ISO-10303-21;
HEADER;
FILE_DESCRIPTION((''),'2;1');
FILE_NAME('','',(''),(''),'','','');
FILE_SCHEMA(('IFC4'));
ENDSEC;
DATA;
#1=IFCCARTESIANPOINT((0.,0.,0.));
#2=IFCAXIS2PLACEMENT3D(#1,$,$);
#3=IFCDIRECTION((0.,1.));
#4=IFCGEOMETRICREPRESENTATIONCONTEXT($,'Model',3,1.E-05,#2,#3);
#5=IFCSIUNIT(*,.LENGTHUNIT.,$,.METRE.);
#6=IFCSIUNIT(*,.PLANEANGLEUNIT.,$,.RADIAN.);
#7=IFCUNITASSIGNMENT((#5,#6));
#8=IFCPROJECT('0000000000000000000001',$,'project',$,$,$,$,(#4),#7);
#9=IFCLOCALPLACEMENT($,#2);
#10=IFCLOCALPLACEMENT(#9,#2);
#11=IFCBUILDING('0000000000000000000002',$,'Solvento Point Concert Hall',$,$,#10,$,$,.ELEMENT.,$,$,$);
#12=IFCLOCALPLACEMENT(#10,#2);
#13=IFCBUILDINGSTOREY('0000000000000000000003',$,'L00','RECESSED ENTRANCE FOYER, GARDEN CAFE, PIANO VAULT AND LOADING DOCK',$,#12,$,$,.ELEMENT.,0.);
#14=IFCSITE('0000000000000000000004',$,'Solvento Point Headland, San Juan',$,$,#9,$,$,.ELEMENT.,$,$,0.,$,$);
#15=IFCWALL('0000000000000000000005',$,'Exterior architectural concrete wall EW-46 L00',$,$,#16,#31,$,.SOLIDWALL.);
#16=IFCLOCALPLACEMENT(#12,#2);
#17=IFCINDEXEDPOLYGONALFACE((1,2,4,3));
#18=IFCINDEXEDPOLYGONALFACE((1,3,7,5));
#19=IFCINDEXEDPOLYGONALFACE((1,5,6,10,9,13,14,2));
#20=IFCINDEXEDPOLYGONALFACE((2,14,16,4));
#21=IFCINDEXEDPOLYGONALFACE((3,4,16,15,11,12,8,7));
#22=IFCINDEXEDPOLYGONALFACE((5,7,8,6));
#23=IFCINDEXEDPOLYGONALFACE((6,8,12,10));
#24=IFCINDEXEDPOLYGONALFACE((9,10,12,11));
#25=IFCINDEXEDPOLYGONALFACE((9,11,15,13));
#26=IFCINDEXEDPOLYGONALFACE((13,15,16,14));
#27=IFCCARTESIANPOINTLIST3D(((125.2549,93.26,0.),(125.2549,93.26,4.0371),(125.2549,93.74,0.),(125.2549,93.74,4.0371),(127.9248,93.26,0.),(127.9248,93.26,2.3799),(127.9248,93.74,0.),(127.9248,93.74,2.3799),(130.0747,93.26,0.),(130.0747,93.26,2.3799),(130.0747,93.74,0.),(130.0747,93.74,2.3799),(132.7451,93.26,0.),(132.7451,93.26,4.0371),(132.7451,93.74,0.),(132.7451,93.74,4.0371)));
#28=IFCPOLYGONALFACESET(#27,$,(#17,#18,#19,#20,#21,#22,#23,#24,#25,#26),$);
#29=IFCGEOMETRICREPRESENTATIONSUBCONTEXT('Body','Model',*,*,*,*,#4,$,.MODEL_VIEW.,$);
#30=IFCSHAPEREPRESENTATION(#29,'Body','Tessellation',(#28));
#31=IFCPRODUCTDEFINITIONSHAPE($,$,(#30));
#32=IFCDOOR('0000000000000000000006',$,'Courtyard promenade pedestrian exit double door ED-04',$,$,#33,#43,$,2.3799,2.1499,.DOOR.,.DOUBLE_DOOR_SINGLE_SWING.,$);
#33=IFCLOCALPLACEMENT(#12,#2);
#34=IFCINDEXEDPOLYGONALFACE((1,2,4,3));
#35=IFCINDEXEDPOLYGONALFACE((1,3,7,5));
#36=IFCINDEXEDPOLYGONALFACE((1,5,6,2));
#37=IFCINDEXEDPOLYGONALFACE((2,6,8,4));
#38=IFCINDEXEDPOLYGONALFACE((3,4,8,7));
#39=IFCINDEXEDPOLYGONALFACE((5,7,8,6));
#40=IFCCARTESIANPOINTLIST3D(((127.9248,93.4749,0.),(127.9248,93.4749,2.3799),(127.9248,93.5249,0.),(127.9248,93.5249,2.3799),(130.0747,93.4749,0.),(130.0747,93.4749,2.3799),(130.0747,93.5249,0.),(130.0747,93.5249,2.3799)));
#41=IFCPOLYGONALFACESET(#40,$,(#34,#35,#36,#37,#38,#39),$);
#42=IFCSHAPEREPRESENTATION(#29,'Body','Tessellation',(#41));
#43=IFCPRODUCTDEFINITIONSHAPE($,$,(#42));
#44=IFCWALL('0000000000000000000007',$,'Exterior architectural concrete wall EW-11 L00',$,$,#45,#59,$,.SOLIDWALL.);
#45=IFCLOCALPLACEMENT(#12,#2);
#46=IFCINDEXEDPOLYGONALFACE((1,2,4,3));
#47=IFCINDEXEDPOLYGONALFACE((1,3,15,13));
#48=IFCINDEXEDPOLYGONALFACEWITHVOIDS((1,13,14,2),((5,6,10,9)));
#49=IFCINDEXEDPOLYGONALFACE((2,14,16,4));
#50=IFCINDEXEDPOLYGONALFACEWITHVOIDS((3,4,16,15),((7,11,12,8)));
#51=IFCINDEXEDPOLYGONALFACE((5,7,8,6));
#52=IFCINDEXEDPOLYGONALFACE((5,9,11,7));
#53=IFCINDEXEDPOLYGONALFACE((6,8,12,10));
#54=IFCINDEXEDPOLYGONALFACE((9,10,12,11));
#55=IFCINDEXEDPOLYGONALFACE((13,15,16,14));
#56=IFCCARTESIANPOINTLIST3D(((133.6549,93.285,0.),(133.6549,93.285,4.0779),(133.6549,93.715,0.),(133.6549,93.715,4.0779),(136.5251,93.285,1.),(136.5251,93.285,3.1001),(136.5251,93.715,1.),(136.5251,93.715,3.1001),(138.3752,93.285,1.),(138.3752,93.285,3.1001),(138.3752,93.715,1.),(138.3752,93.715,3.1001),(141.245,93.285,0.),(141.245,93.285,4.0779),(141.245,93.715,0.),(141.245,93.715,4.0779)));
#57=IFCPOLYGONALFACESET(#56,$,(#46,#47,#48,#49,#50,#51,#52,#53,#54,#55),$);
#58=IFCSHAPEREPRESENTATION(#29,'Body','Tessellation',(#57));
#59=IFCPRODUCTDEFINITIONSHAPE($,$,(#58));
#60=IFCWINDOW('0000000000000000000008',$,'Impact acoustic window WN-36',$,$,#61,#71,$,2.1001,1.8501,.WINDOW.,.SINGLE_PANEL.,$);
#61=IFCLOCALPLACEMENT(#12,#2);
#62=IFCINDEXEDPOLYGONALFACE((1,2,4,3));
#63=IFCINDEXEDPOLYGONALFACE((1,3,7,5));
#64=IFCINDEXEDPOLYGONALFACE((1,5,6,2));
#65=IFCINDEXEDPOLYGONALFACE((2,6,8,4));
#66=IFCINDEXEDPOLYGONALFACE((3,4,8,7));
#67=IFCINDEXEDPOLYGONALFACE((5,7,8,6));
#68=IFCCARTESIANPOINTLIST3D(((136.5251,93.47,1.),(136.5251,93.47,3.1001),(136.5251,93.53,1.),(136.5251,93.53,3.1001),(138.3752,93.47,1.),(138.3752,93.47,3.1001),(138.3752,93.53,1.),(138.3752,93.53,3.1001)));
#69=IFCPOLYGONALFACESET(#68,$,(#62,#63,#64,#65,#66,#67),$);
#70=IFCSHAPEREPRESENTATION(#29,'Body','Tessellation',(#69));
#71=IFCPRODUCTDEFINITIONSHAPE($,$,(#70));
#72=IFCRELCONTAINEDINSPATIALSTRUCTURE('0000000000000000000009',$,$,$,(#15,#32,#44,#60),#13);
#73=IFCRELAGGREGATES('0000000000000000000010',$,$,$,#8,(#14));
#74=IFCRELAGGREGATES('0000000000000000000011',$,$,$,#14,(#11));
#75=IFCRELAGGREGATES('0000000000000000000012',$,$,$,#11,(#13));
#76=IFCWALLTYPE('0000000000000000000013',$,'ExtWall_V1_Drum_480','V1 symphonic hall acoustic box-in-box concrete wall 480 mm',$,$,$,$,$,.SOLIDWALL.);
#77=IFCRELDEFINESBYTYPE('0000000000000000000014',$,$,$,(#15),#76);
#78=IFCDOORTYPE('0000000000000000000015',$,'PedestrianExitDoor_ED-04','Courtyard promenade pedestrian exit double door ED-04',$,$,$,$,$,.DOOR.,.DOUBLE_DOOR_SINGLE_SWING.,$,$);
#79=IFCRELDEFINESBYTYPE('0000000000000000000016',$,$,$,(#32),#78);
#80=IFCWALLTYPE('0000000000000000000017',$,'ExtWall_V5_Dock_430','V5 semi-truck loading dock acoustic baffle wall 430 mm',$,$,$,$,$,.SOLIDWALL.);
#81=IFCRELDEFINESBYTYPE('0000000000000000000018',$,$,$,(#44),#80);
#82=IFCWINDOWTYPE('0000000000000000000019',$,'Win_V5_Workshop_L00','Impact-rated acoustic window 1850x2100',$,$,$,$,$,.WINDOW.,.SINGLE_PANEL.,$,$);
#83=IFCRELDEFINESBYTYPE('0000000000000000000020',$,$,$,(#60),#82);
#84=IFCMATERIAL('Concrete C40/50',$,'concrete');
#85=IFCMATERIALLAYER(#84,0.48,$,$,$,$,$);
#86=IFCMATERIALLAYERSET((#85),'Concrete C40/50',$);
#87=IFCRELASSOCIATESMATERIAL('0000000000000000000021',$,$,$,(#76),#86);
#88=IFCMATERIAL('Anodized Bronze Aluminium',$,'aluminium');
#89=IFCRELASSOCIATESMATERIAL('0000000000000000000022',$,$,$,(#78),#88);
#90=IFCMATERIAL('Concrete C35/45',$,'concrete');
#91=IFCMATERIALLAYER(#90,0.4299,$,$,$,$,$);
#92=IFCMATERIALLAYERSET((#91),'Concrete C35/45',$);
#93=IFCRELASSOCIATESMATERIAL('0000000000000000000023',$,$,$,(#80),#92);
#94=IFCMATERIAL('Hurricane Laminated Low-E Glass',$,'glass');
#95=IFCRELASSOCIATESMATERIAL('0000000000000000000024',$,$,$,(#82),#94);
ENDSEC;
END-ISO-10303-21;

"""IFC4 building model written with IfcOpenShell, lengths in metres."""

from ifc_helpers import new_model, si_unit, direction, frame, frame_2d, origin, place, context, subcontext, project, spatial, rectangle, extrude, material, layer, layer_set, type_object, element, fill, save


model = new_model("IFC4")

# Units and contexts
model_context = context("Model", 3, precision=1e-05, world=origin(), true_north=direction((0.0, 1.0)))
body_context = subcontext(model_context, "Body", "Model", "MODEL_VIEW")
ifc_project = project(units=[si_unit("LENGTHUNIT", "METRE"), si_unit("PLANEANGLEUNIT", "RADIAN")], contexts=[model_context])

# Site, building, storey
site_placement = place(None, origin())
site = spatial("IfcSite", under=ifc_project, at=site_placement, Name="Solvento Point Headland, San Juan", CompositionType="ELEMENT", RefElevation=0.0)
building_placement = place(site_placement, origin())
building = spatial("IfcBuilding", under=site, at=building_placement, Name="Solvento Point Concert Hall", CompositionType="ELEMENT")
storey_placement = place(building_placement, origin())
storey = spatial("IfcBuildingStorey", under=building, at=storey_placement, Name="L00", Description="RECESSED ENTRANCE FOYER, GARDEN CAFE, PIANO VAULT AND LOADING DOCK", CompositionType="ELEMENT", Elevation=0.0)

# Shared definitions
ifc_material_1 = material(Name="Concrete C40/50", Category="concrete")
ifc_layer_1 = layer(ifc_material_1, 0.48)
ifc_layer_set_1 = layer_set([ifc_layer_1], Name="Concrete C40/50")
wall_type_1 = type_object("IfcWallType", Name="ExtWall_V1_Drum_480", Description="V1 symphonic hall acoustic box-in-box concrete wall 480 mm", PredefinedType="SOLIDWALL", material=ifc_layer_set_1)

# Wall, opening, door
wall_1_placement = place(storey_placement, frame((125.2549, 93.5, 0.0), z_axis=(0.0, 0.0, 1.0), x_axis=(1.0, 0.0, 0.0)))
wall_1 = element("IfcWall", 1, at=wall_1_placement, inside=storey, type_object=wall_type_1, Name="Exterior architectural concrete wall EW-46 L00", PredefinedType="SOLIDWALL", context=body_context, shape_type="SweptSolid", body=[
    extrude(rectangle(XDim=7.4902, YDim=0.48, at=frame_2d((3.7451, 0.0))), origin(), (0.0, 0.0, 1.0), 4.0371),
])
opening_1_placement = place(wall_1_placement, frame((2.6699, 0.0, 0.0)))
opening_1 = element("IfcOpeningElement", 2, at=opening_1_placement, cuts=wall_1, PredefinedType="OPENING", context=body_context, shape_type="SweptSolid", body=[
    extrude(rectangle(XDim=2.1499, YDim=2.3799, at=frame_2d((1.075, 1.1899))), frame((0.0, 0.25, 0.0), z_axis=(0.0, -1.0, 0.0), x_axis=(1.0, 0.0, 0.0)), (0.0, 0.0, 1.0), 0.5),
])
ifc_material_2 = material(Name="Anodized Bronze Aluminium", Category="aluminium")
door_type = type_object("IfcDoorType", Name="PedestrianExitDoor_ED-04", Description="Courtyard promenade pedestrian exit double door ED-04", OperationType="DOUBLE_DOOR_SINGLE_SWING", PredefinedType="DOOR", material=ifc_material_2)
door_placement = place(opening_1_placement, origin())
door = element("IfcDoor", 3, at=door_placement, inside=storey, type_object=door_type, Name="Courtyard promenade pedestrian exit double door ED-04", OperationType="DOUBLE_DOOR_SINGLE_SWING", OverallHeight=2.3799, OverallWidth=2.1499, PredefinedType="DOOR", context=body_context, shape_type="SweptSolid", body=[
    extrude(rectangle(XDim=2.1499, YDim=2.3799, at=frame_2d((1.075, 1.1899))), frame((0.0, 0.0249, 0.0), z_axis=(0.0, -1.0, 0.0), x_axis=(1.0, 0.0, 0.0)), (0.0, 0.0, 1.0), 0.05),
])
fill(opening_1, door)

# Wall, opening, window
ifc_material_3 = material(Name="Concrete C35/45", Category="concrete")
ifc_layer_2 = layer(ifc_material_3, 0.4299)
ifc_layer_set_2 = layer_set([ifc_layer_2], Name="Concrete C35/45")
wall_type_2 = type_object("IfcWallType", Name="ExtWall_V5_Dock_430", Description="V5 semi-truck loading dock acoustic baffle wall 430 mm", PredefinedType="SOLIDWALL", material=ifc_layer_set_2)
wall_2_placement = place(storey_placement, frame((133.655, 93.5, 0.0), z_axis=(0.0, 0.0, 1.0), x_axis=(1.0, 0.0, 0.0)))
wall_2 = element("IfcWall", 4, at=wall_2_placement, inside=storey, type_object=wall_type_2, Name="Exterior architectural concrete wall EW-11 L00", PredefinedType="SOLIDWALL", context=body_context, shape_type="SweptSolid", body=[
    extrude(rectangle(XDim=7.5901, YDim=0.4299, at=frame_2d((3.7949, 0.0))), origin(), (0.0, 0.0, 1.0), 4.0779),
])
opening_2_placement = place(wall_2_placement, frame((2.8701, 0.0, 1.0)))
opening_2 = element("IfcOpeningElement", 5, at=opening_2_placement, cuts=wall_2, PredefinedType="OPENING", context=body_context, shape_type="SweptSolid", body=[
    extrude(rectangle(XDim=1.8501, YDim=2.1001, at=frame_2d((0.925, 1.05))), frame((0.0, 0.2249, 0.0), z_axis=(0.0, -1.0, 0.0), x_axis=(1.0, 0.0, 0.0)), (0.0, 0.0, 1.0), 0.45),
])
ifc_material_4 = material(Name="Hurricane Laminated Low-E Glass", Category="glass")
window_type_1 = type_object("IfcWindowType", Name="Win_V5_Workshop_L00", Description="Impact-rated acoustic window 1850x2100", PartitioningType="SINGLE_PANEL", PredefinedType="WINDOW", material=ifc_material_4)
window_1_placement = place(opening_2_placement, origin())
window_1 = element("IfcWindow", 6, at=window_1_placement, inside=storey, type_object=window_type_1, Name="Impact acoustic window WN-36", OverallHeight=2.1001, OverallWidth=1.8501, PartitioningType="SINGLE_PANEL", PredefinedType="WINDOW", context=body_context, shape_type="SweptSolid", body=[
    extrude(rectangle(XDim=1.8501, YDim=2.1001, at=frame_2d((0.925, 1.05))), frame((0.0, 0.03, 0.0), z_axis=(0.0, -1.0, 0.0), x_axis=(1.0, 0.0, 0.0)), (0.0, 0.0, 1.0), 0.0601),
])
fill(opening_2, window_1)

save(model, "model.ifc")
